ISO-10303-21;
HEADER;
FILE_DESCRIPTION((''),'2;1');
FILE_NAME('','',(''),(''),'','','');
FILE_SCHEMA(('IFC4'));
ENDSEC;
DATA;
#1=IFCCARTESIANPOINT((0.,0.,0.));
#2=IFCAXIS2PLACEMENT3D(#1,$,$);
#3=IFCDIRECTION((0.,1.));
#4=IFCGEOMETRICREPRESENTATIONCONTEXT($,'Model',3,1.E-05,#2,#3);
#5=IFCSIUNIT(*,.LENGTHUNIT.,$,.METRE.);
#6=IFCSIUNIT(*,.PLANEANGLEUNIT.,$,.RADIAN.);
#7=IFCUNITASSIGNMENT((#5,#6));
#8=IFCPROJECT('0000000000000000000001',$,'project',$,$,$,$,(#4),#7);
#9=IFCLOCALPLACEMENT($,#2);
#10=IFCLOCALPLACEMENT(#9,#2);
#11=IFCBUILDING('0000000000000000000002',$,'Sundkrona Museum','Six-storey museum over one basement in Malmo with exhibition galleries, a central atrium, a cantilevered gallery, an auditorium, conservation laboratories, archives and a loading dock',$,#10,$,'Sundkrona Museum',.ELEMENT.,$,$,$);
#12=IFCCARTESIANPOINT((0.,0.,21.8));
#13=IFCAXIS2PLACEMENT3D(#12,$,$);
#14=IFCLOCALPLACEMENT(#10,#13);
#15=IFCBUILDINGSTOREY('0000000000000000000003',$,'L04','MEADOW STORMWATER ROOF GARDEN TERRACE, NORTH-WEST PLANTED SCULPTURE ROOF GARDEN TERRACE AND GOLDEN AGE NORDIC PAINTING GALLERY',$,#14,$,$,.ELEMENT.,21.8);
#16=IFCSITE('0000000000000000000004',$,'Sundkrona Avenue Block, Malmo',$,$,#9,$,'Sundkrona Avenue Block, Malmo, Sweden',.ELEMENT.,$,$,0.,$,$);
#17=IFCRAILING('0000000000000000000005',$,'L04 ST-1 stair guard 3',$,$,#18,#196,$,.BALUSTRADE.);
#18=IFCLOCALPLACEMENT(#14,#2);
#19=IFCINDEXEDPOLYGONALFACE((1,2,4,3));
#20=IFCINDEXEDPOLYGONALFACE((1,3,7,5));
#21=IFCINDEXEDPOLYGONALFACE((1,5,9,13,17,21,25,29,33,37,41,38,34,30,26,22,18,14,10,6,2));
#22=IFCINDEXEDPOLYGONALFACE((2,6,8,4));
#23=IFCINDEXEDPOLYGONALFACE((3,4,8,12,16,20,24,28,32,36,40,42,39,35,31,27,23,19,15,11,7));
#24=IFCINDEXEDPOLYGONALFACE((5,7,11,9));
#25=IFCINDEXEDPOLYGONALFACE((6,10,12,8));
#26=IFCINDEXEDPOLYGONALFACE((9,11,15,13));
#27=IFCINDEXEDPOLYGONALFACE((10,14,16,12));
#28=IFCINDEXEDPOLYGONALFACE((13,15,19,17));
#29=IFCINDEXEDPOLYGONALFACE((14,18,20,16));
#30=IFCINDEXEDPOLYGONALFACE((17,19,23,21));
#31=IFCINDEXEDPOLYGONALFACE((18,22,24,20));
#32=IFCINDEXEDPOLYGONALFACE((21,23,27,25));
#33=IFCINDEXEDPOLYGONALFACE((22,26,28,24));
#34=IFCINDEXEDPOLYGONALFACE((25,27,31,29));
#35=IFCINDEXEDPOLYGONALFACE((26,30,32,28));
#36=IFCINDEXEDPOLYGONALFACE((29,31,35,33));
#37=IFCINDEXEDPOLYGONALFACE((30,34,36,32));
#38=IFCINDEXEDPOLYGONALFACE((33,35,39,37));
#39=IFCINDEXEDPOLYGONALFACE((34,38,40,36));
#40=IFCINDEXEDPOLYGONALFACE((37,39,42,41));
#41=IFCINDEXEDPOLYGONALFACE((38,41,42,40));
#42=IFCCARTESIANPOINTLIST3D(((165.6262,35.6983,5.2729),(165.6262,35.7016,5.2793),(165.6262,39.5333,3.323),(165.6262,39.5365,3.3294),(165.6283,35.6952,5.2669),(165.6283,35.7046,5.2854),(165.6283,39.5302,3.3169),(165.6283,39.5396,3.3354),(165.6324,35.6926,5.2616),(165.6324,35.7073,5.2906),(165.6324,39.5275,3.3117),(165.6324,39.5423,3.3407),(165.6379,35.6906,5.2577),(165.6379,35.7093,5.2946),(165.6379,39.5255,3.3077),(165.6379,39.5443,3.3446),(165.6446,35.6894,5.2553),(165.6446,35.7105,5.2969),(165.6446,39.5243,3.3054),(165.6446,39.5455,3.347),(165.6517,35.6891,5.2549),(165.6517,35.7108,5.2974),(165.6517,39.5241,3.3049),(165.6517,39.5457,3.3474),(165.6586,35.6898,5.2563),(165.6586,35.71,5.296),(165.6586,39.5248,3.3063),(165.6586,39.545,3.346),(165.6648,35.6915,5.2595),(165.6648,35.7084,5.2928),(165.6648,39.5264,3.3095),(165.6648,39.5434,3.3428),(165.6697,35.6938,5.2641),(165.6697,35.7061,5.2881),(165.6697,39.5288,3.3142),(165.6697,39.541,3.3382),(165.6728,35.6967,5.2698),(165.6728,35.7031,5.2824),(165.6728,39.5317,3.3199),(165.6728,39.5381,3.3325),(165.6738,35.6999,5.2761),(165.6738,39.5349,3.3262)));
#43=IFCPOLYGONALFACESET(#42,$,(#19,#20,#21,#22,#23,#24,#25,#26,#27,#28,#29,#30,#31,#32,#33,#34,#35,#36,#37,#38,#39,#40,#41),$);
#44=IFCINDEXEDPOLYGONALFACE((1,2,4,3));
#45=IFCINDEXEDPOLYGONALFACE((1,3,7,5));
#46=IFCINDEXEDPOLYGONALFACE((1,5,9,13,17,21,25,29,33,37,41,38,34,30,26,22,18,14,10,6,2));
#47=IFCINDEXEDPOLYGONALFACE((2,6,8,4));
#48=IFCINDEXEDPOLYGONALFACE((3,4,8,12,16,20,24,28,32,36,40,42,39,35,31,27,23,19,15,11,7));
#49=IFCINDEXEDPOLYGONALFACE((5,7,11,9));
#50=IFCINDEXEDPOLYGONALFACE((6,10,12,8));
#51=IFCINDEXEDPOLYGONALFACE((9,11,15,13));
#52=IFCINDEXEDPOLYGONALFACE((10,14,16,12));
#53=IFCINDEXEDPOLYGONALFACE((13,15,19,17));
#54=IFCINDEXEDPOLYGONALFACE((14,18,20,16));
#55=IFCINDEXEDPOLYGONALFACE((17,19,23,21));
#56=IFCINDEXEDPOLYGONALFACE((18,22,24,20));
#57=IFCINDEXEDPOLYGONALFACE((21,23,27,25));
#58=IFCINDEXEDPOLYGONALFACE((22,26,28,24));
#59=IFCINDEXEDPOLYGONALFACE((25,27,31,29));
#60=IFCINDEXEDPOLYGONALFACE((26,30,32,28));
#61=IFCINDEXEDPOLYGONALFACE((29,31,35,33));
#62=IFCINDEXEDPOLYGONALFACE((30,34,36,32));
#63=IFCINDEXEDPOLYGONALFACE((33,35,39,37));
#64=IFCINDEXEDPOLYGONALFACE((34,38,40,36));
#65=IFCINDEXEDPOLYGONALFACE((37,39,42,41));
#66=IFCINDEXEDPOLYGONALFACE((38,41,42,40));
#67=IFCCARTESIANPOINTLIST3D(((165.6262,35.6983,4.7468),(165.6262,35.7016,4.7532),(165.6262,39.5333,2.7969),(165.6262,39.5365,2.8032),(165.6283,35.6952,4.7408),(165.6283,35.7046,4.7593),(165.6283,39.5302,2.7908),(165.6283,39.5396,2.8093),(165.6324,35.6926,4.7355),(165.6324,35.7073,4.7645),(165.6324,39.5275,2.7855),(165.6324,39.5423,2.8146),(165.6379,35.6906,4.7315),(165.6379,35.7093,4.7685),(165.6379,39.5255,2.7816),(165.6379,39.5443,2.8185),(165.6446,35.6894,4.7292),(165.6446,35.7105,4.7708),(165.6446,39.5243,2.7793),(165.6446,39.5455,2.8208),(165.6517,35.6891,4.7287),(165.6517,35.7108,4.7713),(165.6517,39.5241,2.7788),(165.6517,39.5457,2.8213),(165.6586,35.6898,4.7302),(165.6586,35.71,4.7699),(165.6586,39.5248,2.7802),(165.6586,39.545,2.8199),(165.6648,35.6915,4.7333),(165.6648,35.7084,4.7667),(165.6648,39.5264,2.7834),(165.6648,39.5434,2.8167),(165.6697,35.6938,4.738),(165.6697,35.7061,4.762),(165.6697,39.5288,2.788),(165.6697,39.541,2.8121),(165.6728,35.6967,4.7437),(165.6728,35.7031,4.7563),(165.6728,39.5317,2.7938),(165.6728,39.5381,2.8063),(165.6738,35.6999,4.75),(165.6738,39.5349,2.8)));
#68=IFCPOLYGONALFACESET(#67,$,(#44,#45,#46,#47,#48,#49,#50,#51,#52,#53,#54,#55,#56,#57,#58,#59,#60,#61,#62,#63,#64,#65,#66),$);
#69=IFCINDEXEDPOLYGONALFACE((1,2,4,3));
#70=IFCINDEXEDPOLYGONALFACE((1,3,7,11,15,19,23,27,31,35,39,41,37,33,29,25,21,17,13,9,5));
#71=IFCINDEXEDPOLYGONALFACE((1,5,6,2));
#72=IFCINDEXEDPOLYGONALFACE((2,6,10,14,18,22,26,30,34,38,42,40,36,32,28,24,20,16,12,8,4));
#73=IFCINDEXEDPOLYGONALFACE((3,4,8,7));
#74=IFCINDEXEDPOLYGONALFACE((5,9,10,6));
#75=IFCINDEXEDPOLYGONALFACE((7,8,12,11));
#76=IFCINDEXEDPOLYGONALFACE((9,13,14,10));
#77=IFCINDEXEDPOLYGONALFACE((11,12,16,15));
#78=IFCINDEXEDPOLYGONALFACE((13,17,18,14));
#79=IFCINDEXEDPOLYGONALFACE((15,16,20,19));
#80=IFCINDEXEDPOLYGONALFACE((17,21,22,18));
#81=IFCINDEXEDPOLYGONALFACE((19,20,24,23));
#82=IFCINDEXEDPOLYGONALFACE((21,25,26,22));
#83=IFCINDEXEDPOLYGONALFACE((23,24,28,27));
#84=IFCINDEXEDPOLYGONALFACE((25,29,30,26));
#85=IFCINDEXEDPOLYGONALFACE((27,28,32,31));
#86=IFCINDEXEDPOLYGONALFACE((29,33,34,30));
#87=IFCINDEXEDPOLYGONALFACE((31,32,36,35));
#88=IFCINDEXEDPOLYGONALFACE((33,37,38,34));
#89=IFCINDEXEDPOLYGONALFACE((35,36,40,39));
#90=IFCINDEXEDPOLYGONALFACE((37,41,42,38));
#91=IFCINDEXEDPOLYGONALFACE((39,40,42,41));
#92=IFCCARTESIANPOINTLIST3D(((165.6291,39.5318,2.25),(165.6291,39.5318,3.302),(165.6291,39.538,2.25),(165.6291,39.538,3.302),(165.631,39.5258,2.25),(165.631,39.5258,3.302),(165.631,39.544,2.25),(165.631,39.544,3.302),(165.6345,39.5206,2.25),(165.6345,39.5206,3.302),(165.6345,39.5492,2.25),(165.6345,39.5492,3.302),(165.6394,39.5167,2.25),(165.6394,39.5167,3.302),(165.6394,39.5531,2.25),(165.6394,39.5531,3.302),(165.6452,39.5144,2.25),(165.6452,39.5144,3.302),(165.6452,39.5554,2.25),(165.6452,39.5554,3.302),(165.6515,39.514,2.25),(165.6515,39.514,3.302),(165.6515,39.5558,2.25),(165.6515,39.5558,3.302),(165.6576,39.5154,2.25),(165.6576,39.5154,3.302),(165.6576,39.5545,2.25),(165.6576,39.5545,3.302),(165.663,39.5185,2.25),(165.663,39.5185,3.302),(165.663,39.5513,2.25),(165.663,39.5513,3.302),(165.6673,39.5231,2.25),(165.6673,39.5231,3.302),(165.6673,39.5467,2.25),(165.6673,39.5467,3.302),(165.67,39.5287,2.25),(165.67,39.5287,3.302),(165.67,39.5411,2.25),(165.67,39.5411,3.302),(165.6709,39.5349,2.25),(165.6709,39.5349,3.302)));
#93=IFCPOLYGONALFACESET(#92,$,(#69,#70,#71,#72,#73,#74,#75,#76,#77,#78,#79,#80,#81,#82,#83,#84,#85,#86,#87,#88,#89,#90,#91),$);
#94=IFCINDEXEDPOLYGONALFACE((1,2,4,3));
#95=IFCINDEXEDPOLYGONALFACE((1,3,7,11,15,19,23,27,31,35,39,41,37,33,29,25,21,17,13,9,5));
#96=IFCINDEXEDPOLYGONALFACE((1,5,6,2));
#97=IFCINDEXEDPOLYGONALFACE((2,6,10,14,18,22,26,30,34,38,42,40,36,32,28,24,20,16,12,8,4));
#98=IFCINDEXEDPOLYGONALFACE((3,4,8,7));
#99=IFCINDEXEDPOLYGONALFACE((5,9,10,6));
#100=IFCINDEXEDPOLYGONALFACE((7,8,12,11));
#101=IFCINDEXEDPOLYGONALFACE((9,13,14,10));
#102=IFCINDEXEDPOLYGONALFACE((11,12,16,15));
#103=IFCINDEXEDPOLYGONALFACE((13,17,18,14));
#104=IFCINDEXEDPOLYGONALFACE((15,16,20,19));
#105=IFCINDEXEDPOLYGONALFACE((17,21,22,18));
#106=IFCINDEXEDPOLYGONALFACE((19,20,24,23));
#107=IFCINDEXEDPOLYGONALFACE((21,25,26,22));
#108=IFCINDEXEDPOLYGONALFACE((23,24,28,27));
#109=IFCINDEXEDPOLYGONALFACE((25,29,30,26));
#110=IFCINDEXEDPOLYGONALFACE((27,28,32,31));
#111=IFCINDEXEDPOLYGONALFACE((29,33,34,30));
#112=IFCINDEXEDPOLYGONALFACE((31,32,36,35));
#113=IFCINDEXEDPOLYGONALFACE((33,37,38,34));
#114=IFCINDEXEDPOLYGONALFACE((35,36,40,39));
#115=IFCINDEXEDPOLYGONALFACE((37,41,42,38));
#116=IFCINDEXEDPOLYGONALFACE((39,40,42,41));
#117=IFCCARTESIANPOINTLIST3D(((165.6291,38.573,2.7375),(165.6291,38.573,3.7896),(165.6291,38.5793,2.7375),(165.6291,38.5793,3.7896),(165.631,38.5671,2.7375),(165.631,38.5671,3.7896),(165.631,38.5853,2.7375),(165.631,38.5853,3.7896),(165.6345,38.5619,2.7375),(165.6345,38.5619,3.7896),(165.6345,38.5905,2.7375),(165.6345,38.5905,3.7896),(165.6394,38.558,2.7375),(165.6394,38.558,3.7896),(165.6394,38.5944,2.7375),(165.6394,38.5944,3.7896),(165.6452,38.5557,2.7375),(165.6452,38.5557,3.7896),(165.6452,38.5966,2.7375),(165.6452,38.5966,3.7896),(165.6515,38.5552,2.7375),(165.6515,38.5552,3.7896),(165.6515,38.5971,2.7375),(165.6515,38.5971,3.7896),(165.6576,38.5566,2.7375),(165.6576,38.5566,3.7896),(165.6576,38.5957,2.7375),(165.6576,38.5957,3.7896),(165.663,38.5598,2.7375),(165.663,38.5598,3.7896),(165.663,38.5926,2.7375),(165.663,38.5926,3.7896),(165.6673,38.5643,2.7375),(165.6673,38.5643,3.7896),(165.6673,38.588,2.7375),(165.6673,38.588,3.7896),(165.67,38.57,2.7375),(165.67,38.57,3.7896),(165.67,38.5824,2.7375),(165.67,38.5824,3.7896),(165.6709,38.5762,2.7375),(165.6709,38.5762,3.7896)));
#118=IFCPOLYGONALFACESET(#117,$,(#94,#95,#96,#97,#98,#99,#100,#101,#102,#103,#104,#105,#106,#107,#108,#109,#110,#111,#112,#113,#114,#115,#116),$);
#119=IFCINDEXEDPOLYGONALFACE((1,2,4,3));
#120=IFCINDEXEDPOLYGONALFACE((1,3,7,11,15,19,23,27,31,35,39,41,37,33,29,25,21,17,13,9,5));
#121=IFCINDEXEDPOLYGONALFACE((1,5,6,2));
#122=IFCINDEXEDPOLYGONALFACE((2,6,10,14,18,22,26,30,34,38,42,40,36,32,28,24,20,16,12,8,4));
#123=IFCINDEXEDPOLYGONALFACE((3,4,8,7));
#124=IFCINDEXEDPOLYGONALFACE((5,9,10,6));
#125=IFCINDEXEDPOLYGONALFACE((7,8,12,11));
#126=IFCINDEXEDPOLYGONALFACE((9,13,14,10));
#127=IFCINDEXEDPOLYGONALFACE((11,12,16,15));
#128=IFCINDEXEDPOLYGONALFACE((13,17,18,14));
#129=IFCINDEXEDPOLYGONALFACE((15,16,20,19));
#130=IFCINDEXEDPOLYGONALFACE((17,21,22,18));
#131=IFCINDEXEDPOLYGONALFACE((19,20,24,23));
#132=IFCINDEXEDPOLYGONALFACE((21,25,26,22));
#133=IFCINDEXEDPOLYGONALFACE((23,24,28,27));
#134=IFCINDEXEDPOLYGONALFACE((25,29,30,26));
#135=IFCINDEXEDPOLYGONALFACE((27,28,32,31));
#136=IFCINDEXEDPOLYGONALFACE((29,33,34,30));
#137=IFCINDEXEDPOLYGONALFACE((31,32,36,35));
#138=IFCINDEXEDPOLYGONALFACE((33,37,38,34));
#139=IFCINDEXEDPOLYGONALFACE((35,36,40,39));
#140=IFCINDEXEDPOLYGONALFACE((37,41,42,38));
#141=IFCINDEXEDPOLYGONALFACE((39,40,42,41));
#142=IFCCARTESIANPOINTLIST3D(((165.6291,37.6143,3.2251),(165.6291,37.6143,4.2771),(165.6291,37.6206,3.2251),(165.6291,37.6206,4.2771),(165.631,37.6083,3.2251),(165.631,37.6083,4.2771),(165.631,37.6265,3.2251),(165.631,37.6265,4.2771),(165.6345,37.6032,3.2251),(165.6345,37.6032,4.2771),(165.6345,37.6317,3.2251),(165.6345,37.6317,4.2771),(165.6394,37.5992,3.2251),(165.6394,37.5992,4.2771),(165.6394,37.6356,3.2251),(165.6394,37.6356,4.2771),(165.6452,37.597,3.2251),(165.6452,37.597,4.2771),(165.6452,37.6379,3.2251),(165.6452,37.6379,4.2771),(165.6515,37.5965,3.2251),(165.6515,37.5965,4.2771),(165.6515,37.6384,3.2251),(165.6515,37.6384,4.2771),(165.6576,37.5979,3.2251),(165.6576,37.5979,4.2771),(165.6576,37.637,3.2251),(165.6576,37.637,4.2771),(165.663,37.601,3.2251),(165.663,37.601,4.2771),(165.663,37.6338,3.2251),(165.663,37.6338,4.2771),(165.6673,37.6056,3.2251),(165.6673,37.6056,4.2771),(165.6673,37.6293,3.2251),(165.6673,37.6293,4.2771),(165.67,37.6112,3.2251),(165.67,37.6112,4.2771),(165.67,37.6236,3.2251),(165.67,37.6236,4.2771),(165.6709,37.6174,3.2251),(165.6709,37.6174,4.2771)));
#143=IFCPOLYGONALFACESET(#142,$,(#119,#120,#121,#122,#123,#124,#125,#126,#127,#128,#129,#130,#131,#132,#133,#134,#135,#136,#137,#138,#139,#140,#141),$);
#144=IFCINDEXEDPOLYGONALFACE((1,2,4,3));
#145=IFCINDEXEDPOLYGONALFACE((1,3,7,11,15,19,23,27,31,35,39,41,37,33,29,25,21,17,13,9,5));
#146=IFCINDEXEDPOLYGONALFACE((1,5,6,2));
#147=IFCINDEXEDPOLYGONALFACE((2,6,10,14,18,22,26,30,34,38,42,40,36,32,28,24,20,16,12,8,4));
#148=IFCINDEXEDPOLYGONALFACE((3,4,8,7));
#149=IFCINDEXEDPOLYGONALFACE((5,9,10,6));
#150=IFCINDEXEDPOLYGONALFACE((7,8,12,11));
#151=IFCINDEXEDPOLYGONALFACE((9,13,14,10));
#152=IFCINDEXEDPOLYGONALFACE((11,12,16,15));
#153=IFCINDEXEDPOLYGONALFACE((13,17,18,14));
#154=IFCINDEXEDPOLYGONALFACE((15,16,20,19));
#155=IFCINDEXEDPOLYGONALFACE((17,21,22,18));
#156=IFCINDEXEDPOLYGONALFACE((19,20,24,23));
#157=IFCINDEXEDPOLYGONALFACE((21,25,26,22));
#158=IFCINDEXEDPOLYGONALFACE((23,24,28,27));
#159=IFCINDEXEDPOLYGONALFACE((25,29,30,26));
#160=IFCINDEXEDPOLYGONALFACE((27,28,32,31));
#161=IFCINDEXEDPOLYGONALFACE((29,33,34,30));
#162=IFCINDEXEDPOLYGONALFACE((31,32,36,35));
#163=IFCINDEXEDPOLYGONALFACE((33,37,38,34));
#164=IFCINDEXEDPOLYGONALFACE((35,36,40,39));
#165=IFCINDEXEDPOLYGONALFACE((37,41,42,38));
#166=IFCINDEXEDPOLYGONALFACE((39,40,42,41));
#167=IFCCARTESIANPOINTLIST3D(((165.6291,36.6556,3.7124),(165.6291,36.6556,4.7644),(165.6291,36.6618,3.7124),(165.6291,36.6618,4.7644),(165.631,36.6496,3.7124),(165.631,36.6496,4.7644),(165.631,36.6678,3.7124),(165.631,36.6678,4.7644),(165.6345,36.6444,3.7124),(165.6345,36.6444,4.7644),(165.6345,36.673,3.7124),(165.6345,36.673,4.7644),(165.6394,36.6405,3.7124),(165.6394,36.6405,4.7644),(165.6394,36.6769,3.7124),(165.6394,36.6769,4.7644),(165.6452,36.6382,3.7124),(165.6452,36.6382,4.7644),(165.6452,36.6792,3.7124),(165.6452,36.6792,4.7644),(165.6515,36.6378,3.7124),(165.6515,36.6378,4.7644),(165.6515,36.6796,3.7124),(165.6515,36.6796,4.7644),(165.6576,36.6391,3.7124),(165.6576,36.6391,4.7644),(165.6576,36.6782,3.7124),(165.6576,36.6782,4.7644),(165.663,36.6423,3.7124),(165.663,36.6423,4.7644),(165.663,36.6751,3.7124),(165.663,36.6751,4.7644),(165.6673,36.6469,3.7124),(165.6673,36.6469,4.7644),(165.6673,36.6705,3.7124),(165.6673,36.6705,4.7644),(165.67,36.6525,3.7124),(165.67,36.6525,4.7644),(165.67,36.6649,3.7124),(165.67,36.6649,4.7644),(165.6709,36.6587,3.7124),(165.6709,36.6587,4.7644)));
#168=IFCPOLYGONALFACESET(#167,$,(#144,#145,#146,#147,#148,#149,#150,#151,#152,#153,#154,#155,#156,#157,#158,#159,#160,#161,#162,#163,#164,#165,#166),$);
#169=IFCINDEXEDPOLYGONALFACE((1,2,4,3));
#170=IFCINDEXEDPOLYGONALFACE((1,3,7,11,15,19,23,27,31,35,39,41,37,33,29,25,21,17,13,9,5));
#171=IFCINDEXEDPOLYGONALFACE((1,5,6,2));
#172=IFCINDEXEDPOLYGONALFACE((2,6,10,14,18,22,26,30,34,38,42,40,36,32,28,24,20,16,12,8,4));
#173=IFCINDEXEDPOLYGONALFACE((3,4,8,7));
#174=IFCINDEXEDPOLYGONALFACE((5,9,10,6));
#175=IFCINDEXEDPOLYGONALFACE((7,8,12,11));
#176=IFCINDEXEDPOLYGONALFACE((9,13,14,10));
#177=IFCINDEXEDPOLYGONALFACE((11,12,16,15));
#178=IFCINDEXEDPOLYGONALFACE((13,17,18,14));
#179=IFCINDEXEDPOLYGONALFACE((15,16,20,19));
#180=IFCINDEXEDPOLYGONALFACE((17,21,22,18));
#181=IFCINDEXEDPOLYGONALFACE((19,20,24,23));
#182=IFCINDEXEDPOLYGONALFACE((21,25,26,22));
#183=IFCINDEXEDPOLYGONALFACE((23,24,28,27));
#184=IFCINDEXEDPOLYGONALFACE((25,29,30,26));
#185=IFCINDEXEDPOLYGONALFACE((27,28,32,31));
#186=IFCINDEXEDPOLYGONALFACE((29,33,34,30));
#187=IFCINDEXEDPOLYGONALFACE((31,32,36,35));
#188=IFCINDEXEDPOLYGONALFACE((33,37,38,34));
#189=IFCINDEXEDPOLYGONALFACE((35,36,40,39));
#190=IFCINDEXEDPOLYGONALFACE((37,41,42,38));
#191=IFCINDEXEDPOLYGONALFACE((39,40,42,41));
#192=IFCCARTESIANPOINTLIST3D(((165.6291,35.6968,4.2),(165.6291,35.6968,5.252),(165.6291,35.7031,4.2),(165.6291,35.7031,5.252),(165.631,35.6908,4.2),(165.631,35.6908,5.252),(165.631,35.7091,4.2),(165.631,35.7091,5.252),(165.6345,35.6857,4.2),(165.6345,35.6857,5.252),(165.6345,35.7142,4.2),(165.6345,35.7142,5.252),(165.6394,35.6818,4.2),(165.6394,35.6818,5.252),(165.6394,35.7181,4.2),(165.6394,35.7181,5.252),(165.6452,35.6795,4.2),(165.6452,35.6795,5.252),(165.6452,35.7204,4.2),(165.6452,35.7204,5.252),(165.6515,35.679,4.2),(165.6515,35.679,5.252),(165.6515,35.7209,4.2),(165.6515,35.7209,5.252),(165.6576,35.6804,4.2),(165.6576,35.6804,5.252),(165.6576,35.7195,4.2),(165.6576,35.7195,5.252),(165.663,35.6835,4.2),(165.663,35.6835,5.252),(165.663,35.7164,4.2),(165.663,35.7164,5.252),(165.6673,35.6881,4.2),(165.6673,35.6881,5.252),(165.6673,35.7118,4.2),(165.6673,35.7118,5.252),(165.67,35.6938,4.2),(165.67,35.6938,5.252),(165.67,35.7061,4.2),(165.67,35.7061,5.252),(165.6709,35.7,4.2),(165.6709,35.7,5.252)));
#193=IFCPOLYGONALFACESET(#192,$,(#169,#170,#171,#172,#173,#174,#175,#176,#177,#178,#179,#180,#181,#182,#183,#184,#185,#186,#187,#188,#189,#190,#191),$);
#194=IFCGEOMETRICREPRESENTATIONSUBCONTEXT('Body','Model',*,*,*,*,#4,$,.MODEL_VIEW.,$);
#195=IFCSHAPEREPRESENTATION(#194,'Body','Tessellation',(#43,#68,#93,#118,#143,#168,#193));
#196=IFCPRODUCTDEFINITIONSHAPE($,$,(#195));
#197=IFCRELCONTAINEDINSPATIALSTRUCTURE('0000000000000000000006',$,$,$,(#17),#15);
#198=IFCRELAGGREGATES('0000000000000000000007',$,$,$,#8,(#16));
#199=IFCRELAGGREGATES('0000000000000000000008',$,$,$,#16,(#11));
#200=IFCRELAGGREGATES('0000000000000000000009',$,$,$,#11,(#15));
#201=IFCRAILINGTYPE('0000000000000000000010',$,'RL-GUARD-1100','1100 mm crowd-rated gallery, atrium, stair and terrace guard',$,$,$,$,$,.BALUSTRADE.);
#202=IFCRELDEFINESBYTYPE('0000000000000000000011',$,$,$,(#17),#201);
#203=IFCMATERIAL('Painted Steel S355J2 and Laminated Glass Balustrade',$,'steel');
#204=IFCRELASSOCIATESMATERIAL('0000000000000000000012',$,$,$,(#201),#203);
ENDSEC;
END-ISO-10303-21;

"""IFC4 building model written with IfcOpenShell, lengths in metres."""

from ifc_helpers import new_model, si_unit, direction, frame, origin, origin_2d, place, context, subcontext, project, spatial, circle, extrude, material, type_object, element, save


model = new_model("IFC4")

# Units and contexts
model_context = context("Model", 3, precision=1e-05, world=origin(), true_north=direction((0.0, 1.0)))
body_context = subcontext(model_context, "Body", "Model", "MODEL_VIEW")
ifc_project = project(units=[si_unit("LENGTHUNIT", "METRE"), si_unit("PLANEANGLEUNIT", "RADIAN")], contexts=[model_context])

# Site, building, storey
site_placement = place(None, origin())
site = spatial("IfcSite", under=ifc_project, at=site_placement, Name="Sundkrona Avenue Block, Malmo", LongName="Sundkrona Avenue Block, Malmo, Sweden", CompositionType="ELEMENT", RefElevation=0.0)
building_placement = place(site_placement, origin())
building = spatial("IfcBuilding", under=site, at=building_placement, Name="Sundkrona Museum", Description="Six-storey museum over one basement in Malmo with exhibition galleries, a central atrium, a cantilevered gallery, an auditorium, conservation laboratories, archives and a loading dock", LongName="Sundkrona Museum", CompositionType="ELEMENT")
storey_placement = place(building_placement, frame((0.0, 0.0, 21.8)))
storey = spatial("IfcBuildingStorey", under=building, at=storey_placement, Name="L04", Description="MEADOW STORMWATER ROOF GARDEN TERRACE, NORTH-WEST PLANTED SCULPTURE ROOF GARDEN TERRACE AND GOLDEN AGE NORDIC PAINTING GALLERY", CompositionType="ELEMENT", Elevation=21.8)

# Railing
ifc_material_1 = material(Name="Painted Steel S355J2 and Laminated Glass Balustrade", Category="steel")
railing_type = type_object("IfcRailingType", Name="RL-GUARD-1100", Description="1100 mm crowd-rated gallery, atrium, stair and terrace guard", PredefinedType="BALUSTRADE", material=ifc_material_1)
railing_1_placement = place(storey_placement, frame((165.6499, 39.5349, 2.25)))
element("IfcRailing", 1, at=railing_1_placement, inside=storey, type_object=railing_type, Name="L04 ST-1 stair guard 3", PredefinedType="BALUSTRADE", context=body_context, shape_type="SweptSolid", body=[
    extrude(circle(Radius=0.0239, at=origin_2d()), frame((0.0, 0.0, 1.0762), z_axis=(0.0, -0.891388, 0.453241), x_axis=(1.0, 0.0, 0.0)), (0.0, 0.0, 1.0), 4.3022),
    extrude(circle(Radius=0.0239, at=origin_2d()), frame((0.0, 0.0, 0.55), z_axis=(0.0, -0.891388, 0.453241), x_axis=(1.0, 0.0, 0.0)), (0.0, 0.0, 1.0), 4.3022),
    extrude(circle(Radius=0.021, at=origin_2d()), origin(), (0.0, 0.0, 1.0), 1.052),
    extrude(circle(Radius=0.021, at=origin_2d()), frame((0.0, -0.9587, 0.4875)), (0.0, 0.0, 1.0), 1.052),
    extrude(circle(Radius=0.021, at=origin_2d()), frame((0.0, -1.9175, 0.9751)), (0.0, 0.0, 1.0), 1.052),
    extrude(circle(Radius=0.021, at=origin_2d()), frame((0.0, -2.8762, 1.4624)), (0.0, 0.0, 1.0), 1.052),
    extrude(circle(Radius=0.021, at=origin_2d()), frame((0.0, -3.835, 1.95)), (0.0, 0.0, 1.0), 1.052),
])

save(model, "model.ifc")
